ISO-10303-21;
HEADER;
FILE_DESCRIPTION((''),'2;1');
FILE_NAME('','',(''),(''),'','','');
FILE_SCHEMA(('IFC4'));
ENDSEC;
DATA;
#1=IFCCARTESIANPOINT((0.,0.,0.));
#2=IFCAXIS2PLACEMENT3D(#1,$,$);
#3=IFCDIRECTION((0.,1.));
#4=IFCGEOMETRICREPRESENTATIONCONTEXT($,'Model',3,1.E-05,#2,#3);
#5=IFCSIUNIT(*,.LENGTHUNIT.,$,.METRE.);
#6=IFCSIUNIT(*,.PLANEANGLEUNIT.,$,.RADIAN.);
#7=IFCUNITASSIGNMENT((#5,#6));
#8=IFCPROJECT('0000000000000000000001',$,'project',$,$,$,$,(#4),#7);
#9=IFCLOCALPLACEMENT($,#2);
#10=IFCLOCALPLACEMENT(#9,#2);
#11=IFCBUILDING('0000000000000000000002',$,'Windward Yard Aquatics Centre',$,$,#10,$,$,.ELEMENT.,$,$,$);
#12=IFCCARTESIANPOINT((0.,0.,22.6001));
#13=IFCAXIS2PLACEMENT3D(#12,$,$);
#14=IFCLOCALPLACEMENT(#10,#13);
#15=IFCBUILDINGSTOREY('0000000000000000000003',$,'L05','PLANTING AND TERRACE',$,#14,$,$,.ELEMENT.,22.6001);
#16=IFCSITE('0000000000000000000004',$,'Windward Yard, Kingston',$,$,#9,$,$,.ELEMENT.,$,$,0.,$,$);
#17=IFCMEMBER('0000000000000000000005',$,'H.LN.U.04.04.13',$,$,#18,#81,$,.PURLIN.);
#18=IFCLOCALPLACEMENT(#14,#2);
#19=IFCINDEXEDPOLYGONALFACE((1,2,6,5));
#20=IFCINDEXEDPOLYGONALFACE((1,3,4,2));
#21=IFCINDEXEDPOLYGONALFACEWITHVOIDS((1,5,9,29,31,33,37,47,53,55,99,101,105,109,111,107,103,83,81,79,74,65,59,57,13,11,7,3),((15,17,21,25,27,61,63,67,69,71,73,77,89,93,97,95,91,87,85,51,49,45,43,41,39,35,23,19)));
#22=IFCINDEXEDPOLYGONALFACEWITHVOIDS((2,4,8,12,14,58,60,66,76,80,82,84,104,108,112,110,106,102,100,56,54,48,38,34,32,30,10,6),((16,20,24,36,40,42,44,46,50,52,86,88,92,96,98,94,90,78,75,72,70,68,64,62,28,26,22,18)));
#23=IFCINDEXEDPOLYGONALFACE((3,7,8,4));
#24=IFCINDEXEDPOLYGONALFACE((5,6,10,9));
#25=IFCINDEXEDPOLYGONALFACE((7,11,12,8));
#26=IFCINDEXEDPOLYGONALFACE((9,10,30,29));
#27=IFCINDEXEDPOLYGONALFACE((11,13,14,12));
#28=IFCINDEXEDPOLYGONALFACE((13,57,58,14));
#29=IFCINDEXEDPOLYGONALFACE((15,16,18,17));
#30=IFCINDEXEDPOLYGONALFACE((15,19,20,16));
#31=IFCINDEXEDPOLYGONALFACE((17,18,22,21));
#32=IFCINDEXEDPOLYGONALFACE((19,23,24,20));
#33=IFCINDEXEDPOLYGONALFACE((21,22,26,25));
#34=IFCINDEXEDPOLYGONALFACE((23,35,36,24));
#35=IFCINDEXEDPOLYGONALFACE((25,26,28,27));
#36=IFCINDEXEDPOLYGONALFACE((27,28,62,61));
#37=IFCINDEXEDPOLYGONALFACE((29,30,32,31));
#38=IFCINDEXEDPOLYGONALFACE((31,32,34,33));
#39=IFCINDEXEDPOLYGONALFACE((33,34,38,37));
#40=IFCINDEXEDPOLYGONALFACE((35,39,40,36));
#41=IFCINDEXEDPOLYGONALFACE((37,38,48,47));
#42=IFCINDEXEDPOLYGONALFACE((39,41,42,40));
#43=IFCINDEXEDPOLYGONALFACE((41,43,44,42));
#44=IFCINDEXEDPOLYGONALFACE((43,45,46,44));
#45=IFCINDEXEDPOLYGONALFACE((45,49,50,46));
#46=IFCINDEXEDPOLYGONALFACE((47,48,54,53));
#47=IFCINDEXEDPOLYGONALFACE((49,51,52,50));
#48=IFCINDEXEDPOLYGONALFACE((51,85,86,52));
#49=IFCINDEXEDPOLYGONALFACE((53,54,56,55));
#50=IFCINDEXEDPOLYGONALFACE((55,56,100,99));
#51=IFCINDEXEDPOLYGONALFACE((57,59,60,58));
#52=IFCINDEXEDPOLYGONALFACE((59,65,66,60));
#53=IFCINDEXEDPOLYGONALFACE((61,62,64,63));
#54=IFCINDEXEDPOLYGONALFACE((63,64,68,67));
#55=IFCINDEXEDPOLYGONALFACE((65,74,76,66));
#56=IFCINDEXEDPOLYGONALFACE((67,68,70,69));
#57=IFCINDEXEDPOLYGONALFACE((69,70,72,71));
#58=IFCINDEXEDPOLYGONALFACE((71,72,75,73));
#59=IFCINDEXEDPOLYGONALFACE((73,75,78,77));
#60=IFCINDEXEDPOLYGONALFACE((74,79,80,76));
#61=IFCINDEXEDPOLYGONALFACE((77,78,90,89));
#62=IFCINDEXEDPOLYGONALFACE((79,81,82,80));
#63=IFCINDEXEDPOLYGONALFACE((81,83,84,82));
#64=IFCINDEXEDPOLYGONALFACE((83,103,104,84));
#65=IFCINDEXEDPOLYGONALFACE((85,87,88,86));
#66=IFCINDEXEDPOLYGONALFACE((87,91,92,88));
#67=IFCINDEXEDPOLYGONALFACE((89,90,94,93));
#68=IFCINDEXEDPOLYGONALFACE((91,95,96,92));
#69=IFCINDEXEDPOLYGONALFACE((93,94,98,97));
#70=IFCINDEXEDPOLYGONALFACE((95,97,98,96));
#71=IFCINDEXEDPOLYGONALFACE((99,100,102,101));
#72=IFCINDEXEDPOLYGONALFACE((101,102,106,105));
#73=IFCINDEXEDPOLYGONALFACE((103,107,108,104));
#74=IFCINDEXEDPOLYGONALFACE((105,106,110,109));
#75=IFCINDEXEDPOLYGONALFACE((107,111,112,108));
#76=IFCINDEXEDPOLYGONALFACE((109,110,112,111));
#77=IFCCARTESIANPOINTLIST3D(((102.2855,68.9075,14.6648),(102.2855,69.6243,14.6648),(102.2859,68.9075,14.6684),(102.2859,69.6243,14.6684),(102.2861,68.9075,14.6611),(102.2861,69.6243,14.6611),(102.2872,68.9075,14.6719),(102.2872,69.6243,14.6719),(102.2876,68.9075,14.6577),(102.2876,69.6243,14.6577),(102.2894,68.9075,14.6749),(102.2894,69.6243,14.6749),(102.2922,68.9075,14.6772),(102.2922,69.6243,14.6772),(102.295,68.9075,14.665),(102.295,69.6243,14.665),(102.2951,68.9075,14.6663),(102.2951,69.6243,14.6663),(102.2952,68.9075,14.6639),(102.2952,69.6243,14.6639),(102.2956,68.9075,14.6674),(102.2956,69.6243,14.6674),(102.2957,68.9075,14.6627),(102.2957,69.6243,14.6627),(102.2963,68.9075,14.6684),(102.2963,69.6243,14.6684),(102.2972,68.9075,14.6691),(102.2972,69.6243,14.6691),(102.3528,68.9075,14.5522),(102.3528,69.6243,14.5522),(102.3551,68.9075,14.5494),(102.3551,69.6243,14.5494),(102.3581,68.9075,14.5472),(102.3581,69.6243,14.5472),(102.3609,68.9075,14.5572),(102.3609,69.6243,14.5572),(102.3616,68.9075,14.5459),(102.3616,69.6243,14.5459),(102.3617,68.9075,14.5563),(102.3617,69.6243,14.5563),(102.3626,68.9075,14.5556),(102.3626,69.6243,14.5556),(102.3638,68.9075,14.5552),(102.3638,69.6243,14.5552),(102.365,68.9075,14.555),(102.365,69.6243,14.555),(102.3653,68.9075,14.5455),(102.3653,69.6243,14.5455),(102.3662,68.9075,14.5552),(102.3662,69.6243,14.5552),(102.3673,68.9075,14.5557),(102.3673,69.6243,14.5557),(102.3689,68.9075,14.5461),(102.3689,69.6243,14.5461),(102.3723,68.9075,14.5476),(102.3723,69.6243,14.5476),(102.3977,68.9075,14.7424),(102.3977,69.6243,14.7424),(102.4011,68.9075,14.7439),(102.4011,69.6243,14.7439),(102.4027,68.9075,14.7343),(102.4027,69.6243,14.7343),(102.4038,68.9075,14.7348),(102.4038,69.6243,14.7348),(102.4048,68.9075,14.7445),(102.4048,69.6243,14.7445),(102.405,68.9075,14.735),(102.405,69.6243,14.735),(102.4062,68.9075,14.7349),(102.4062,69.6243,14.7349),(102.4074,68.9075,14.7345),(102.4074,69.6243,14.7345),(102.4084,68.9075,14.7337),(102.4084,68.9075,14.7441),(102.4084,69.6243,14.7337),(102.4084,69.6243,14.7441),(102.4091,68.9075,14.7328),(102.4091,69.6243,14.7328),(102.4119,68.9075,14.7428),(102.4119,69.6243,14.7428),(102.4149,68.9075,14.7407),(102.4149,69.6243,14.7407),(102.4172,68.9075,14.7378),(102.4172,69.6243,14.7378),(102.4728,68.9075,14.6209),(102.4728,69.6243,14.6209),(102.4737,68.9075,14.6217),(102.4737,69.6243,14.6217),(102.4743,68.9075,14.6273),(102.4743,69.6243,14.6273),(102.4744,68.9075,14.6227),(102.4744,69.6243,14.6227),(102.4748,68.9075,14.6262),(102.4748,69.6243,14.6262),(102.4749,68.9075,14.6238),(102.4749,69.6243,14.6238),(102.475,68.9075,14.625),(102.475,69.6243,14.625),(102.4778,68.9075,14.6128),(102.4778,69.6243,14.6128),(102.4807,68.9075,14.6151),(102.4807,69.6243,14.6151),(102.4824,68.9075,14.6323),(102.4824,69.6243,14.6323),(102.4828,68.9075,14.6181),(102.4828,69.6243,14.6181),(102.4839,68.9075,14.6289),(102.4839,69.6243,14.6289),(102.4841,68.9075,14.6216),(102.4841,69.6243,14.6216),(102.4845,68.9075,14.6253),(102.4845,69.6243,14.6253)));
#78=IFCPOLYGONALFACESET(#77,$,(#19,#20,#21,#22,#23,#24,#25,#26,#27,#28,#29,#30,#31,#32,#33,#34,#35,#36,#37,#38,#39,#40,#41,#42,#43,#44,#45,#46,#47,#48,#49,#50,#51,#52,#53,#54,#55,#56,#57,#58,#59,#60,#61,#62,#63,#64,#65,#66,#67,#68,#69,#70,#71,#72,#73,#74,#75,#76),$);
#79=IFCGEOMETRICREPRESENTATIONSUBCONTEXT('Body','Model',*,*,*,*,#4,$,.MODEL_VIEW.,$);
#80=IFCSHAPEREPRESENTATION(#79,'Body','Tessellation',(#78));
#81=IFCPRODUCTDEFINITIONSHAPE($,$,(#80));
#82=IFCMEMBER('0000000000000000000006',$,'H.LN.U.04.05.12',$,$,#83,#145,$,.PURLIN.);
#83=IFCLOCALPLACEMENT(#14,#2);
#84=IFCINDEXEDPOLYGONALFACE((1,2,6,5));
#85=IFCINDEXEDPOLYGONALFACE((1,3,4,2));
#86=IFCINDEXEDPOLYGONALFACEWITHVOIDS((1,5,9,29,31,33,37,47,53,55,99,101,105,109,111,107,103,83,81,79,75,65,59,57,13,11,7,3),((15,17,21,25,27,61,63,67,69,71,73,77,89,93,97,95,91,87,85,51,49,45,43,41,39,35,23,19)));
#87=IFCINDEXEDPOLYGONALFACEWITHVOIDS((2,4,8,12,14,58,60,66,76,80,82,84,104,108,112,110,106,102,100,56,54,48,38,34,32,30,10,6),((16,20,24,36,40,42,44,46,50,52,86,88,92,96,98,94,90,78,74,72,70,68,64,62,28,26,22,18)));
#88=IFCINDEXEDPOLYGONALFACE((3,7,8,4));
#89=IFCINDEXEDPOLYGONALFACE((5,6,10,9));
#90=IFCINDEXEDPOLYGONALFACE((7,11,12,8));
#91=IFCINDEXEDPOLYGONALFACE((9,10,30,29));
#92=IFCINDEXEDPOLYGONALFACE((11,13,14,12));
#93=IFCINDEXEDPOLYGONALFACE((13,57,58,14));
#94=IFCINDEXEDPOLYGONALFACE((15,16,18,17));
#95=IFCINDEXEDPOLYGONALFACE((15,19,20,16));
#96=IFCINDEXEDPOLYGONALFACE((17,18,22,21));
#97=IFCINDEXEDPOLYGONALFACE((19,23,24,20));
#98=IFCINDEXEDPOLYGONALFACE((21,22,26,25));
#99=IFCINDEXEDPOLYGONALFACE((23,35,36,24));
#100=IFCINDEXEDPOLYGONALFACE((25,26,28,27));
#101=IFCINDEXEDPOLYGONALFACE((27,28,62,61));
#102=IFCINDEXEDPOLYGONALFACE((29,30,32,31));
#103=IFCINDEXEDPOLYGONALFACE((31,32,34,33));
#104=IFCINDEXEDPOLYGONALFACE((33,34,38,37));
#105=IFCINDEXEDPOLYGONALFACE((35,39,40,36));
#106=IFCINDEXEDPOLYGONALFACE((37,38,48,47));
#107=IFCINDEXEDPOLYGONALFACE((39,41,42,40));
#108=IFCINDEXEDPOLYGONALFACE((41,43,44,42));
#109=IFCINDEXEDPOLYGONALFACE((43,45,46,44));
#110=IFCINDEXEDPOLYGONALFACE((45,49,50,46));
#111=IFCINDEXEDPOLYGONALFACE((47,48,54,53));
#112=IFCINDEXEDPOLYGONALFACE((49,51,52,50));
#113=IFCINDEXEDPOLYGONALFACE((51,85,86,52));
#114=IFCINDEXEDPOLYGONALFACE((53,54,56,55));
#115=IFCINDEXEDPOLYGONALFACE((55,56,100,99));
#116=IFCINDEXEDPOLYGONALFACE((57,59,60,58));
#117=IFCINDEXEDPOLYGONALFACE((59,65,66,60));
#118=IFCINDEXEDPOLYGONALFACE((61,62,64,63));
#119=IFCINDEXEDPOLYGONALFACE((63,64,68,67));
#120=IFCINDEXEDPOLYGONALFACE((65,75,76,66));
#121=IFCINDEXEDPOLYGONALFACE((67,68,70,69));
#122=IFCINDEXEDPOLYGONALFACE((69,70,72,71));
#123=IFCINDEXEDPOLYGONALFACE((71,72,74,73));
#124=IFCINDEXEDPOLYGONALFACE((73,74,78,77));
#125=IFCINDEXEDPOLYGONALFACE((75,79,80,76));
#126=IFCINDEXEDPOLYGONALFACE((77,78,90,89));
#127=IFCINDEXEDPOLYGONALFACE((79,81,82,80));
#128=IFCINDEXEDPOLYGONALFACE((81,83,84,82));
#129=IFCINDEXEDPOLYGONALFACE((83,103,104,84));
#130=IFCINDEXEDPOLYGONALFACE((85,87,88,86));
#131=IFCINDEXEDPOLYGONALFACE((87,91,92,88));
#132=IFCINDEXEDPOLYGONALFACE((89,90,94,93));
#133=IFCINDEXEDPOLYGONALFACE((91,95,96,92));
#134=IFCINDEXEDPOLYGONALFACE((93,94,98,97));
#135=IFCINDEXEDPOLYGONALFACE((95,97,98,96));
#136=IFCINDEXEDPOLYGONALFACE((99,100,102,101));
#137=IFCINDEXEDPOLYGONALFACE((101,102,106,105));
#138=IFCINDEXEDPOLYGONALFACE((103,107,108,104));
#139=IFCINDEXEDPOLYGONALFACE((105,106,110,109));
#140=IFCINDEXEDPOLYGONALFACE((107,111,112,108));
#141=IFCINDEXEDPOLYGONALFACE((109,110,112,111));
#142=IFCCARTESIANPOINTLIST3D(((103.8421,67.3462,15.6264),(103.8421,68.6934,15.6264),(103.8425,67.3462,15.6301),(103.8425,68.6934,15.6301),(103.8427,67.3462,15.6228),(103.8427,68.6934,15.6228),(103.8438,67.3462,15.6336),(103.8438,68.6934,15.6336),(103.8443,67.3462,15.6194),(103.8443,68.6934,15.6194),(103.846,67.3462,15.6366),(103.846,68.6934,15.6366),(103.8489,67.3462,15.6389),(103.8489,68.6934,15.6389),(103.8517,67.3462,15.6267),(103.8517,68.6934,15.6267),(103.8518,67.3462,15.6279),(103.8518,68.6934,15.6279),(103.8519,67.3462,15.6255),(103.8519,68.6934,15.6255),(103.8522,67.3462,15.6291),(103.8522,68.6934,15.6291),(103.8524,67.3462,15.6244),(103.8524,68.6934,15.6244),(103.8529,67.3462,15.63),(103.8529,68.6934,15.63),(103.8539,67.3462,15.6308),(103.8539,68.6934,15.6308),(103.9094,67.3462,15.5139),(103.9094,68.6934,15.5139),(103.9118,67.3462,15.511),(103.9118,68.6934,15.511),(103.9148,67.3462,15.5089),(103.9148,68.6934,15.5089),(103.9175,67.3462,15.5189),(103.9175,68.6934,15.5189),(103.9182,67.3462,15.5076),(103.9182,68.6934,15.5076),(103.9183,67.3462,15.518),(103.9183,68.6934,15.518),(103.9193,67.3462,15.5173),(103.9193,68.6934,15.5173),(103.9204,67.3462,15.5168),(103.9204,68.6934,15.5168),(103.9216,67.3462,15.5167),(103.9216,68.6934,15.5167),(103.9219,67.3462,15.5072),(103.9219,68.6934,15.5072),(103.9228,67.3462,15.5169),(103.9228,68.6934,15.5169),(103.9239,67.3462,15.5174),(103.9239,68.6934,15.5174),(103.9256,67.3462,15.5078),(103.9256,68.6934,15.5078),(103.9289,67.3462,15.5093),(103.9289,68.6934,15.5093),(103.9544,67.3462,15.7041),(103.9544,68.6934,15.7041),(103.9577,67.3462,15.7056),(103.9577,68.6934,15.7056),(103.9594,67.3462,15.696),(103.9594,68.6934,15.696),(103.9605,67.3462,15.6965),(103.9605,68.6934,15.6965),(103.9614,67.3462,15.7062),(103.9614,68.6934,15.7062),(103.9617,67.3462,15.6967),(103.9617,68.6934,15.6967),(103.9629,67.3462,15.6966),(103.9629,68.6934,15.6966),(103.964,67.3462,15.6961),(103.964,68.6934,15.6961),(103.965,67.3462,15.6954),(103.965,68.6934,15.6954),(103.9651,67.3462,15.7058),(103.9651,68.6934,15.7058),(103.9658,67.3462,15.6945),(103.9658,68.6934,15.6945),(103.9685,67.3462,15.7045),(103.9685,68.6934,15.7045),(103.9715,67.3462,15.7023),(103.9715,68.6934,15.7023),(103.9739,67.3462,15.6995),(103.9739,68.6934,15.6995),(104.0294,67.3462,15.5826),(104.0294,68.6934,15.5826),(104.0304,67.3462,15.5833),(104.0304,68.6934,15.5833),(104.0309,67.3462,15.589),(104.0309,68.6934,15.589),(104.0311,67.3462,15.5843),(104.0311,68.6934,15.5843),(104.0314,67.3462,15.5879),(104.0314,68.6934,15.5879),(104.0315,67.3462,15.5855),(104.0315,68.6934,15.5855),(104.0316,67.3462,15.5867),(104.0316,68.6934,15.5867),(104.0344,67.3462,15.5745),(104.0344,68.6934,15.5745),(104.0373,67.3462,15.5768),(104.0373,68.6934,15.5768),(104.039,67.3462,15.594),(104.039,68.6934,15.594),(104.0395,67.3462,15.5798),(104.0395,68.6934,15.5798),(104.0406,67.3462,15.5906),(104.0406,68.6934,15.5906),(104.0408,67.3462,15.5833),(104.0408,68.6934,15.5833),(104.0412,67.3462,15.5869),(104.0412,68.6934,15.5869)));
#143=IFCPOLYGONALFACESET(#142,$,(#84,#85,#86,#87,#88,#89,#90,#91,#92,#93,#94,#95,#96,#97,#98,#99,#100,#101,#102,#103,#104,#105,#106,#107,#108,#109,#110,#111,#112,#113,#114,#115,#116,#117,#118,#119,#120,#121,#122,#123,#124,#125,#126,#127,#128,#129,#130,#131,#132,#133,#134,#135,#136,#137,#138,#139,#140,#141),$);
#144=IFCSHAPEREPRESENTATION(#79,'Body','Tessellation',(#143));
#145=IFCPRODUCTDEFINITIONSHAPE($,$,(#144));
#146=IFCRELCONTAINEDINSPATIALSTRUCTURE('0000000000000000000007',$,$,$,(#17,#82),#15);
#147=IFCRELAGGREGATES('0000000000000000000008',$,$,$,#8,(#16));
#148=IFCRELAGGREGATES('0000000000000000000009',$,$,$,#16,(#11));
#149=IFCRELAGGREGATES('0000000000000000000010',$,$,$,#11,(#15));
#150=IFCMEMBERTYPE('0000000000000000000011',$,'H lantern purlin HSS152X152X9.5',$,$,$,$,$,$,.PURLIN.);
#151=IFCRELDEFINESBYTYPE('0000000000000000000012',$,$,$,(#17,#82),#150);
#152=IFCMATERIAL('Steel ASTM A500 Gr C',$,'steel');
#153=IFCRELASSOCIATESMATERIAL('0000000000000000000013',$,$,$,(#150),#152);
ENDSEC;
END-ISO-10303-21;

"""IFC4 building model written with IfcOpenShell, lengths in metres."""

from ifc_helpers import new_model, si_unit, direction, frame, origin, origin_2d, place, context, subcontext, project, spatial, hollow_rectangle, extrude, material, material_profile, profile_set, type_object, element, save


model = new_model("IFC4")

# Units and contexts
model_context = context("Model", 3, precision=1e-05, world=origin(), true_north=direction((0.0, 1.0)))
body_context = subcontext(model_context, "Body", "Model", "MODEL_VIEW")
ifc_project = project(units=[si_unit("LENGTHUNIT", "METRE"), si_unit("PLANEANGLEUNIT", "RADIAN")], contexts=[model_context])

# Site, building, storey
site_placement = place(None, origin())
site = spatial("IfcSite", under=ifc_project, at=site_placement, Name="Windward Yard, Kingston", CompositionType="ELEMENT", RefElevation=0.0)
building_placement = place(site_placement, origin())
building = spatial("IfcBuilding", under=site, at=building_placement, Name="Windward Yard Aquatics Centre", CompositionType="ELEMENT")
storey_placement = place(building_placement, frame((0.0, 0.0, 22.6001)))
storey = spatial("IfcBuildingStorey", under=building, at=storey_placement, Name="L05", Description="PLANTING AND TERRACE", CompositionType="ELEMENT", Elevation=22.6001)

# Members
ifc_material_1 = material(Name="Steel ASTM A500 Gr C", Category="steel")
ifc_material_profile = material_profile(ifc_material_1, hollow_rectangle(XDim=0.1523, YDim=0.1523, WallThickness=0.0095, InnerFilletRadius=0.0046, OuterFilletRadius=0.0142, at=origin_2d()), Name="HSS152X152X9.5")
ifc_profile_set = profile_set([ifc_material_profile], Name="Steel ASTM A500 Gr C")
member_type = type_object("IfcMemberType", Name="H lantern purlin HSS152X152X9.5", PredefinedType="PURLIN", material=ifc_profile_set)
member_1_placement = place(storey_placement, frame((102.385, 68.9075, 14.645), z_axis=(0.0, 1.0, 0.0), x_axis=(-0.850755, 0.0, -0.525562)))
element("IfcMember", 1, at=member_1_placement, inside=storey, type_object=member_type, Name="H.LN.U.04.04.13", PredefinedType="PURLIN", context=body_context, shape_type="SweptSolid", body=[
    extrude(hollow_rectangle(XDim=0.1523, YDim=0.1523, WallThickness=0.0095, InnerFilletRadius=0.0046, OuterFilletRadius=0.0142, at=origin_2d()), origin(), (0.0, 0.0, 1.0), 0.7168),
])
member_2_placement = place(storey_placement, frame((103.9417, 67.3462, 15.6067), z_axis=(0.0, 1.0, 0.0), x_axis=(-0.850755, 0.0, -0.525562)))
element("IfcMember", 2, at=member_2_placement, inside=storey, type_object=member_type, Name="H.LN.U.04.05.12", PredefinedType="PURLIN", context=body_context, shape_type="SweptSolid", body=[
    extrude(hollow_rectangle(XDim=0.1523, YDim=0.1523, WallThickness=0.0095, InnerFilletRadius=0.0046, OuterFilletRadius=0.0142, at=origin_2d()), origin(), (0.0, 0.0, 1.0), 1.3472),
])

save(model, "model.ifc")
